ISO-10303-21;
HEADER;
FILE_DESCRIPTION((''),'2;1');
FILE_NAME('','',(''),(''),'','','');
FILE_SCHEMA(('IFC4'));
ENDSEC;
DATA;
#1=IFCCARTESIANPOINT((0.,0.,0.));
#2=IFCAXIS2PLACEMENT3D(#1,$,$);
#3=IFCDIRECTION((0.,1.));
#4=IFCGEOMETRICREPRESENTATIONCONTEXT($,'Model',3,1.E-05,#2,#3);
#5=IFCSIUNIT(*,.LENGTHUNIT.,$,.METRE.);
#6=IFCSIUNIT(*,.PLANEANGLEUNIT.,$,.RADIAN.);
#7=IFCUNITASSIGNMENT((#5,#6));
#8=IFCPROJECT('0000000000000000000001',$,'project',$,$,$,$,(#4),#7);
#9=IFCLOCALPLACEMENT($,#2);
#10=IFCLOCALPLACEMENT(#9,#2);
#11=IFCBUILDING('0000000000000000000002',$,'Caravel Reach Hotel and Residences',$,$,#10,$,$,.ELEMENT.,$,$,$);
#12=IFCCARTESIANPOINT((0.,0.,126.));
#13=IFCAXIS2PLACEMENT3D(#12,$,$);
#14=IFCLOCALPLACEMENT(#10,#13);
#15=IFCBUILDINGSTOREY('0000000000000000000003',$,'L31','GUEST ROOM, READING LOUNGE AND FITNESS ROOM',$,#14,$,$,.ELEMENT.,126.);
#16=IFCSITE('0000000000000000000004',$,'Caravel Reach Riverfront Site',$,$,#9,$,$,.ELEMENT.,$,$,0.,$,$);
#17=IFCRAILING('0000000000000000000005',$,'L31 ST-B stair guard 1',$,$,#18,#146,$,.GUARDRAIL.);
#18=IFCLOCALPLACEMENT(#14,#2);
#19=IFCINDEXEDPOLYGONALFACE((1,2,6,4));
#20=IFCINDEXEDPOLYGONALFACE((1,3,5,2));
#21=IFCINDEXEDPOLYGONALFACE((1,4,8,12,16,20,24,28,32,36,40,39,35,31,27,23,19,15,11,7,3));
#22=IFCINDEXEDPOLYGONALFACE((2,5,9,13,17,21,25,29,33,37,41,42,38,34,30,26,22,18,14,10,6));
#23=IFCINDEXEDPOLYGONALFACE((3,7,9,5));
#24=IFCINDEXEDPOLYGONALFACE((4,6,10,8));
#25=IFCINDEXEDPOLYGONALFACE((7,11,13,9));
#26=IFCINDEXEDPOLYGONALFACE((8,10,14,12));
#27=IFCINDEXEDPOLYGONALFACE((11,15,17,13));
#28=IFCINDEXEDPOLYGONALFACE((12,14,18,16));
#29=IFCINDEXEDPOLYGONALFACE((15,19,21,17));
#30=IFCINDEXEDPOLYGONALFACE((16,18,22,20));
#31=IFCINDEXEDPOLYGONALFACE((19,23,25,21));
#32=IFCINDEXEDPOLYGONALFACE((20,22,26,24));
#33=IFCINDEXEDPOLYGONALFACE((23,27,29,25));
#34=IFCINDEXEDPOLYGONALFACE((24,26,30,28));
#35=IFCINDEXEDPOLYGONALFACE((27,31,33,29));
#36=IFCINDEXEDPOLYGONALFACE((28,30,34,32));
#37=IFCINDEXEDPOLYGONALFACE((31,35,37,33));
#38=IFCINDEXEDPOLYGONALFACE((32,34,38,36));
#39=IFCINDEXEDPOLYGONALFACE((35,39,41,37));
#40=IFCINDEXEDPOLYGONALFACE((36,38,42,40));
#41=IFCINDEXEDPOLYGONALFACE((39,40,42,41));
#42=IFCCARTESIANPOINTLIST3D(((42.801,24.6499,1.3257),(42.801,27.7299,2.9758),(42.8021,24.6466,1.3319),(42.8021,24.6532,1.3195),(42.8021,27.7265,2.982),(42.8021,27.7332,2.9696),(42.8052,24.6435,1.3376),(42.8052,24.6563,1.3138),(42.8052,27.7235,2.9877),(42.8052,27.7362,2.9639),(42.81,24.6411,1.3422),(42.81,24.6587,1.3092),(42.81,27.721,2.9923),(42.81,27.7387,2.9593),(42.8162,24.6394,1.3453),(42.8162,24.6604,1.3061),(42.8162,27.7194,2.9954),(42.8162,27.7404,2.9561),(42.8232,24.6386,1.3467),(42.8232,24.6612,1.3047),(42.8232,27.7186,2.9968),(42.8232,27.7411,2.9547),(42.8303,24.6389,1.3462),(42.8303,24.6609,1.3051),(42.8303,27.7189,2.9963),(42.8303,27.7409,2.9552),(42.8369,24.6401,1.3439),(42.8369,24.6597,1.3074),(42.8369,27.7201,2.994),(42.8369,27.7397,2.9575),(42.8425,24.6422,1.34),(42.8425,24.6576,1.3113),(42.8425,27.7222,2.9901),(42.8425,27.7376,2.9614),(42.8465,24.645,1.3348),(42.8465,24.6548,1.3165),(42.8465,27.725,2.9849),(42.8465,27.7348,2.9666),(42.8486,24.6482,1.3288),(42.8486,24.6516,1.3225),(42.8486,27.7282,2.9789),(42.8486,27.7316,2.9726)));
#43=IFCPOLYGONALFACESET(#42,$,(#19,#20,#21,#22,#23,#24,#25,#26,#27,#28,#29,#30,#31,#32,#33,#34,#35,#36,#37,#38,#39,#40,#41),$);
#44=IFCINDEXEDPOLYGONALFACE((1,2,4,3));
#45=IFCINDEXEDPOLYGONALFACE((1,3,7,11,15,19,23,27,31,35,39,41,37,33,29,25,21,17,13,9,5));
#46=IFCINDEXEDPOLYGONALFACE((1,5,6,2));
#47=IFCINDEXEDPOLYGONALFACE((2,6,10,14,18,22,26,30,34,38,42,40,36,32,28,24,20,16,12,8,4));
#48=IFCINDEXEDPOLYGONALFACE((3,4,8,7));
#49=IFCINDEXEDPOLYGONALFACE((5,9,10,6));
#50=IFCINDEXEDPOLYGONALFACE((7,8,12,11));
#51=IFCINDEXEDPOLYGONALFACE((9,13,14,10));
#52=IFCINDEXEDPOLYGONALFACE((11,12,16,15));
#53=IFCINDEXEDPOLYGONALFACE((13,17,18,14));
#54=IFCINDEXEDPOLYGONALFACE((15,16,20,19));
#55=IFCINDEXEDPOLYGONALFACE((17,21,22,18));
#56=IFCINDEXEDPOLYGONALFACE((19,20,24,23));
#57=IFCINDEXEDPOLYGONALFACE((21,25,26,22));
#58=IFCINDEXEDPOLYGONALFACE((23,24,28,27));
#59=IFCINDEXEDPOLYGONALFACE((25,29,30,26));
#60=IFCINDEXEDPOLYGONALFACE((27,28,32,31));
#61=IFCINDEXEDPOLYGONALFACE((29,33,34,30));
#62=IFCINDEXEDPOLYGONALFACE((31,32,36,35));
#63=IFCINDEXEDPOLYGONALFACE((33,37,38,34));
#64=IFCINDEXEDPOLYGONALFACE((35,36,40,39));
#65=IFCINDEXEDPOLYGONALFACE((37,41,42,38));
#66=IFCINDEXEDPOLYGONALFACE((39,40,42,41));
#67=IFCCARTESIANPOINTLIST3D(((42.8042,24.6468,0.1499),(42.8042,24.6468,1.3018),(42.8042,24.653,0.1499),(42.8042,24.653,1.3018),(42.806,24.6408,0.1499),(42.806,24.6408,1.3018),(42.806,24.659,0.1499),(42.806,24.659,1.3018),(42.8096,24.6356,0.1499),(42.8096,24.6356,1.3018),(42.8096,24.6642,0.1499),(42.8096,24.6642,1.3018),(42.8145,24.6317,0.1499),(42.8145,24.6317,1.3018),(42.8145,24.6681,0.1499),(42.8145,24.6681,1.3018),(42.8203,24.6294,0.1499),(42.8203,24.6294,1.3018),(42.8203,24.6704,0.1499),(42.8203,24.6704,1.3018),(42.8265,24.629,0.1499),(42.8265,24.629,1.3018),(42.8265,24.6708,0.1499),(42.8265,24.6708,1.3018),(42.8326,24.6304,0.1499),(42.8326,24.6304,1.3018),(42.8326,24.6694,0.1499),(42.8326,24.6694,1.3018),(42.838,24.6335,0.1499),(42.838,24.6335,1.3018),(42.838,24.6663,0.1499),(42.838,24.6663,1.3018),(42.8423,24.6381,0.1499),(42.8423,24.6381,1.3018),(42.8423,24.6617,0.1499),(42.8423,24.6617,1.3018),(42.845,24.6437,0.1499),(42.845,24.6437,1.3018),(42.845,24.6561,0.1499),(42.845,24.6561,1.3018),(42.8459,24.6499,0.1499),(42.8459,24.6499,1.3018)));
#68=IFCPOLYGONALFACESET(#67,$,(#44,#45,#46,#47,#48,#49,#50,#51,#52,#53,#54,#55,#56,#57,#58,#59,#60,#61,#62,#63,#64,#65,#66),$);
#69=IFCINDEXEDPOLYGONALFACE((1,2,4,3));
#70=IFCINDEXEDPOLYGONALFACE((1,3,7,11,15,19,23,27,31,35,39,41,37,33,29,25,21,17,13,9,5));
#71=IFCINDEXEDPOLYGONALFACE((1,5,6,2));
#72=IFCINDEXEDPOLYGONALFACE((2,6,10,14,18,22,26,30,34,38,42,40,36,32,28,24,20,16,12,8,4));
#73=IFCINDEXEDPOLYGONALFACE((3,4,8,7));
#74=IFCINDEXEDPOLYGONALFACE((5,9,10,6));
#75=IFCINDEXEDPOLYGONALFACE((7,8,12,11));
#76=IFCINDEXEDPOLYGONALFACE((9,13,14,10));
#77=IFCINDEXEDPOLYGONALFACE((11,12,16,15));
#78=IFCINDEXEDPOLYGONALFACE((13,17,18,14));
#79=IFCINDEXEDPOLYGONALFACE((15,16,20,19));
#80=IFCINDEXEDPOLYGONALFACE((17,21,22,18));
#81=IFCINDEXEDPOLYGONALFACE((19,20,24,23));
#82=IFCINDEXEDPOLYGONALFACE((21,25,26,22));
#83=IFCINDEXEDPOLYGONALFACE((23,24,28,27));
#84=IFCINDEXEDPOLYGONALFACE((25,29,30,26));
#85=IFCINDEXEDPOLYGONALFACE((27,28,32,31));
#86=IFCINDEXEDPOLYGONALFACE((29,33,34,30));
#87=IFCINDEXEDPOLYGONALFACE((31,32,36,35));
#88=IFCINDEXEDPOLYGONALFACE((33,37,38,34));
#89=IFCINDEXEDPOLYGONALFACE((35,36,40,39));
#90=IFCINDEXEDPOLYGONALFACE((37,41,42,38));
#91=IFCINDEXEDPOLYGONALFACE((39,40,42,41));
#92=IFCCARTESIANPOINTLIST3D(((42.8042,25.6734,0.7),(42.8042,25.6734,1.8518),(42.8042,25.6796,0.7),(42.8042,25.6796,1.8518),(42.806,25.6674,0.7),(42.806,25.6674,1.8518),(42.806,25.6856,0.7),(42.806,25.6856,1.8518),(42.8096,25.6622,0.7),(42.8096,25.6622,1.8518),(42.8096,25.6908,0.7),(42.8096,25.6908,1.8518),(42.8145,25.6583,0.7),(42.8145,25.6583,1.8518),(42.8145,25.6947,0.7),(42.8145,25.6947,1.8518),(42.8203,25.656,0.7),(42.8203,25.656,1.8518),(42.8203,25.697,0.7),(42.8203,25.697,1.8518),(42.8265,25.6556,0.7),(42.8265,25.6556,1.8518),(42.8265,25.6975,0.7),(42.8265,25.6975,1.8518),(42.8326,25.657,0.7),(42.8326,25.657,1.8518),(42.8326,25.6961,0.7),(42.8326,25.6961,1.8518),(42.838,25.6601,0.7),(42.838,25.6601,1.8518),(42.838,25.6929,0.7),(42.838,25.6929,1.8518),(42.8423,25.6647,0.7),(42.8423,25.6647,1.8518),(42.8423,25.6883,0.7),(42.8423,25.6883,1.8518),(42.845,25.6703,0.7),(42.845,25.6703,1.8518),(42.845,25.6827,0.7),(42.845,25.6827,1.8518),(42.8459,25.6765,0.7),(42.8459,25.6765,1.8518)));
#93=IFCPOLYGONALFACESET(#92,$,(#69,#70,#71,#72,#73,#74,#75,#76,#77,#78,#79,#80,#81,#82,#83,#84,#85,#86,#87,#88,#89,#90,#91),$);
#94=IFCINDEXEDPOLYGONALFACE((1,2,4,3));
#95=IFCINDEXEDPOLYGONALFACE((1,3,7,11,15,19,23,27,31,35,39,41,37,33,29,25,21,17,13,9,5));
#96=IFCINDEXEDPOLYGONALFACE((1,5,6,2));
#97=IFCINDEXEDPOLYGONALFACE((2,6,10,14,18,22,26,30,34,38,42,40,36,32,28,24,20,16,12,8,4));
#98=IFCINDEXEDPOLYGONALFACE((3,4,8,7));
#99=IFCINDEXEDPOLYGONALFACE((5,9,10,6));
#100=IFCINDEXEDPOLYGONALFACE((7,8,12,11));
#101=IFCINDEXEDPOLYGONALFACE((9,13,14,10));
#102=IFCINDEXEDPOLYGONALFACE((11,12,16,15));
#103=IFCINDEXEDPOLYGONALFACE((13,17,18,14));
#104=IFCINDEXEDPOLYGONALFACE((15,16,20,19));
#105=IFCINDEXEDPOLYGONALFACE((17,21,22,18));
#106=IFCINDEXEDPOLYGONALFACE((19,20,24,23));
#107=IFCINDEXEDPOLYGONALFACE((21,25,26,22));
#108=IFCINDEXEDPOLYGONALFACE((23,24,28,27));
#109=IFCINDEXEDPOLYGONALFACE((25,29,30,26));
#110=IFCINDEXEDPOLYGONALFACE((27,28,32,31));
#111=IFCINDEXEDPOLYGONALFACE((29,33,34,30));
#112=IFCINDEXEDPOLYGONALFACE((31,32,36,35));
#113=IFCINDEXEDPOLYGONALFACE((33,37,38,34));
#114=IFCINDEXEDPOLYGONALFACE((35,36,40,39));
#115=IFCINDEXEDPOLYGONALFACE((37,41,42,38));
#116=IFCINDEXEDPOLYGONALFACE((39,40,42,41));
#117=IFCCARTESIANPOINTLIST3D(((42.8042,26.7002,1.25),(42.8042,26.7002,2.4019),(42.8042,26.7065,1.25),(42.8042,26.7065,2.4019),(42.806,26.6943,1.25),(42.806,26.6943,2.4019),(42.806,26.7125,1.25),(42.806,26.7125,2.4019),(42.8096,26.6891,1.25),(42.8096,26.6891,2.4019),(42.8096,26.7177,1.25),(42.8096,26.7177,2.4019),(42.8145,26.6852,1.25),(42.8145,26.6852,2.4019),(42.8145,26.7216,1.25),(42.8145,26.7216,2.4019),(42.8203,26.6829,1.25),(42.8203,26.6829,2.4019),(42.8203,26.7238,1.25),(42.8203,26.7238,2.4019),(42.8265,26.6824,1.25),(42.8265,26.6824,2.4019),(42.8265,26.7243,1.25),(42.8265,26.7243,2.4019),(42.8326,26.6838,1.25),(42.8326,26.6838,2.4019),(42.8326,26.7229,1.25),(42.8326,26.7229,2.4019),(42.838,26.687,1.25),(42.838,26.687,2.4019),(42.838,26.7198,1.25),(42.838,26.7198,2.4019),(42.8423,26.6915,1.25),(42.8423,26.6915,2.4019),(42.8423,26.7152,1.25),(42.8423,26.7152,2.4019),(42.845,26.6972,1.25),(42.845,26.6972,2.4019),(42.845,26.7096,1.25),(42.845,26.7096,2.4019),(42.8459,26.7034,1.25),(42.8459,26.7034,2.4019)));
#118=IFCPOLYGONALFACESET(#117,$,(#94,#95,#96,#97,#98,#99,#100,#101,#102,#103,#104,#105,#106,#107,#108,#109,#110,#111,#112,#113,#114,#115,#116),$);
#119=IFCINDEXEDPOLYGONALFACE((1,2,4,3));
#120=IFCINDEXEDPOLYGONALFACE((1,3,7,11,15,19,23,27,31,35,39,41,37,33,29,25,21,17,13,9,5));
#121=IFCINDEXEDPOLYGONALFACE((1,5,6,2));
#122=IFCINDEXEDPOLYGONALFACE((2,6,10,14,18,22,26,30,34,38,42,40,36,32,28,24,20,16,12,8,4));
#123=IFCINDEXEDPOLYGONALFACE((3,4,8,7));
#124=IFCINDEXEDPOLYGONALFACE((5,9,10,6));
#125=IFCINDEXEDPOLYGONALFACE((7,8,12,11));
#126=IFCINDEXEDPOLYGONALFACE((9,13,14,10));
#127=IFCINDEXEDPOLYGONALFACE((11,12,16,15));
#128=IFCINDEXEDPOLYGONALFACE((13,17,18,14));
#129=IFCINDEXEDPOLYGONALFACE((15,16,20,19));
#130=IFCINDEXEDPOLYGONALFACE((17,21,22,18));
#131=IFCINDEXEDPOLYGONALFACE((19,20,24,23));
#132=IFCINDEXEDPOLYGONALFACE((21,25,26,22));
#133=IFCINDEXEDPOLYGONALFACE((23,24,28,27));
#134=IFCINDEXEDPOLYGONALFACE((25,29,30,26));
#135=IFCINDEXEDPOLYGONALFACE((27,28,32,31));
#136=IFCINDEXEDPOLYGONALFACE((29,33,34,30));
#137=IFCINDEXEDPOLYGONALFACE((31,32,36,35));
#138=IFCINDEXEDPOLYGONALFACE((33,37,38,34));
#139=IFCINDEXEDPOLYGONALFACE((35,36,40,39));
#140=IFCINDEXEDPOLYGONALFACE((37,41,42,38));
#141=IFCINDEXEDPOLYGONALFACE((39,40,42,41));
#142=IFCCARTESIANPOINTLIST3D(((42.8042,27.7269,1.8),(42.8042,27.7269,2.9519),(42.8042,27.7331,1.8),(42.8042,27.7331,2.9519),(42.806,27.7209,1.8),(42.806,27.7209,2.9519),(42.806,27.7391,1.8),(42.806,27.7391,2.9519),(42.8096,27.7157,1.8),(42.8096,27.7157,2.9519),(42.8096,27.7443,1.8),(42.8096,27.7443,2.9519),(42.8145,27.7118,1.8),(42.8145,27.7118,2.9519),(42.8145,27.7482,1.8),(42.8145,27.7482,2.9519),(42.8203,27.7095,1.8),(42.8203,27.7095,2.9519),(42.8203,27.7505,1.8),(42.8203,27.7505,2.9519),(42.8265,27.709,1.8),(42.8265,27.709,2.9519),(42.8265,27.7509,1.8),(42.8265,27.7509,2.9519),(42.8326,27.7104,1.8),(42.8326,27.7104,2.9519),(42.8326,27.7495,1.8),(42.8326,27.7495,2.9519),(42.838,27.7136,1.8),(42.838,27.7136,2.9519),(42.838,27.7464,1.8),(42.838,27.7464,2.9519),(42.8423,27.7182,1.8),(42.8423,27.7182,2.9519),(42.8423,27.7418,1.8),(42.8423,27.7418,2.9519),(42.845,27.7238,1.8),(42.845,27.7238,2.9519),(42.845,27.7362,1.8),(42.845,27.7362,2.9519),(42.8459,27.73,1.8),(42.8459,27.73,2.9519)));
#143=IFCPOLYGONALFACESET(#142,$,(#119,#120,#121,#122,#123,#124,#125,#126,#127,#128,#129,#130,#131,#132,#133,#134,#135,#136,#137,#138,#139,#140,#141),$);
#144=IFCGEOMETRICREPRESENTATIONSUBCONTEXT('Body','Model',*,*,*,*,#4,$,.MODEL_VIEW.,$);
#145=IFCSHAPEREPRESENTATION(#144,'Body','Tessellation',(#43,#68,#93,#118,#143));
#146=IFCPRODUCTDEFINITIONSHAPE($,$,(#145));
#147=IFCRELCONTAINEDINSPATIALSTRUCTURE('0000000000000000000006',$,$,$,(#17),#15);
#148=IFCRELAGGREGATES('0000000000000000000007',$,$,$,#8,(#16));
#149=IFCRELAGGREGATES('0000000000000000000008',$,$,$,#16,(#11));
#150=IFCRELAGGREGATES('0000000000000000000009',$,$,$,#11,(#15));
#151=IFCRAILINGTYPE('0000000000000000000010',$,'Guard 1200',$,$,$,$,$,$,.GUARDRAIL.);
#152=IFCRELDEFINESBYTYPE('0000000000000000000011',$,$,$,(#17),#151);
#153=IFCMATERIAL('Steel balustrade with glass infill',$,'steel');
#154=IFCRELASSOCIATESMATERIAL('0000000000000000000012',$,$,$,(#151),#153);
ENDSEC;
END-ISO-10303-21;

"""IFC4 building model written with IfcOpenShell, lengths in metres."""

from ifc_helpers import new_model, si_unit, direction, frame, origin, origin_2d, place, context, subcontext, project, spatial, circle, extrude, material, type_object, element, save


model = new_model("IFC4")

# Units and contexts
model_context = context("Model", 3, precision=1e-05, world=origin(), true_north=direction((0.0, 1.0)))
body_context = subcontext(model_context, "Body", "Model", "MODEL_VIEW")
ifc_project = project(units=[si_unit("LENGTHUNIT", "METRE"), si_unit("PLANEANGLEUNIT", "RADIAN")], contexts=[model_context])

# Site, building, storey
site_placement = place(None, origin())
site = spatial("IfcSite", under=ifc_project, at=site_placement, Name="Caravel Reach Riverfront Site", CompositionType="ELEMENT", RefElevation=0.0)
building_placement = place(site_placement, origin())
building = spatial("IfcBuilding", under=site, at=building_placement, Name="Caravel Reach Hotel and Residences", CompositionType="ELEMENT")
storey_placement = place(building_placement, frame((0.0, 0.0, 126.0)))
storey = spatial("IfcBuildingStorey", under=building, at=storey_placement, Name="L31", Description="GUEST ROOM, READING LOUNGE AND FITNESS ROOM", CompositionType="ELEMENT", Elevation=126.0)

# Railing
ifc_material_1 = material(Name="Steel balustrade with glass infill", Category="steel")
railing_type_1 = type_object("IfcRailingType", Name="Guard 1200", PredefinedType="GUARDRAIL", material=ifc_material_1)
railing_1_placement = place(storey_placement, frame((42.825, 24.6499, 0.1499)))
element("IfcRailing", 1, at=railing_1_placement, inside=storey, type_object=railing_type_1, Name="L31 ST-B stair guard 1", PredefinedType="GUARDRAIL", context=body_context, shape_type="SweptSolid", body=[
    extrude(circle(Radius=0.0239, at=origin_2d()), frame((0.0, 0.0, 1.1758), z_axis=(0.0, 0.881468, 0.472245), x_axis=(-1.0, 0.0, 0.0)), (0.0, 0.0, 1.0), 3.4941),
    extrude(circle(Radius=0.021, at=origin_2d()), origin(), (0.0, 0.0, 1.0), 1.1519),
    extrude(circle(Radius=0.021, at=origin_2d()), frame((0.0, 1.0266, 0.55)), (0.0, 0.0, 1.0), 1.1519),
    extrude(circle(Radius=0.021, at=origin_2d()), frame((0.0, 2.0535, 1.1001)), (0.0, 0.0, 1.0), 1.1519),
    extrude(circle(Radius=0.021, at=origin_2d()), frame((0.0, 3.0801, 1.6501)), (0.0, 0.0, 1.0), 1.1519),
])

save(model, "model.ifc")
